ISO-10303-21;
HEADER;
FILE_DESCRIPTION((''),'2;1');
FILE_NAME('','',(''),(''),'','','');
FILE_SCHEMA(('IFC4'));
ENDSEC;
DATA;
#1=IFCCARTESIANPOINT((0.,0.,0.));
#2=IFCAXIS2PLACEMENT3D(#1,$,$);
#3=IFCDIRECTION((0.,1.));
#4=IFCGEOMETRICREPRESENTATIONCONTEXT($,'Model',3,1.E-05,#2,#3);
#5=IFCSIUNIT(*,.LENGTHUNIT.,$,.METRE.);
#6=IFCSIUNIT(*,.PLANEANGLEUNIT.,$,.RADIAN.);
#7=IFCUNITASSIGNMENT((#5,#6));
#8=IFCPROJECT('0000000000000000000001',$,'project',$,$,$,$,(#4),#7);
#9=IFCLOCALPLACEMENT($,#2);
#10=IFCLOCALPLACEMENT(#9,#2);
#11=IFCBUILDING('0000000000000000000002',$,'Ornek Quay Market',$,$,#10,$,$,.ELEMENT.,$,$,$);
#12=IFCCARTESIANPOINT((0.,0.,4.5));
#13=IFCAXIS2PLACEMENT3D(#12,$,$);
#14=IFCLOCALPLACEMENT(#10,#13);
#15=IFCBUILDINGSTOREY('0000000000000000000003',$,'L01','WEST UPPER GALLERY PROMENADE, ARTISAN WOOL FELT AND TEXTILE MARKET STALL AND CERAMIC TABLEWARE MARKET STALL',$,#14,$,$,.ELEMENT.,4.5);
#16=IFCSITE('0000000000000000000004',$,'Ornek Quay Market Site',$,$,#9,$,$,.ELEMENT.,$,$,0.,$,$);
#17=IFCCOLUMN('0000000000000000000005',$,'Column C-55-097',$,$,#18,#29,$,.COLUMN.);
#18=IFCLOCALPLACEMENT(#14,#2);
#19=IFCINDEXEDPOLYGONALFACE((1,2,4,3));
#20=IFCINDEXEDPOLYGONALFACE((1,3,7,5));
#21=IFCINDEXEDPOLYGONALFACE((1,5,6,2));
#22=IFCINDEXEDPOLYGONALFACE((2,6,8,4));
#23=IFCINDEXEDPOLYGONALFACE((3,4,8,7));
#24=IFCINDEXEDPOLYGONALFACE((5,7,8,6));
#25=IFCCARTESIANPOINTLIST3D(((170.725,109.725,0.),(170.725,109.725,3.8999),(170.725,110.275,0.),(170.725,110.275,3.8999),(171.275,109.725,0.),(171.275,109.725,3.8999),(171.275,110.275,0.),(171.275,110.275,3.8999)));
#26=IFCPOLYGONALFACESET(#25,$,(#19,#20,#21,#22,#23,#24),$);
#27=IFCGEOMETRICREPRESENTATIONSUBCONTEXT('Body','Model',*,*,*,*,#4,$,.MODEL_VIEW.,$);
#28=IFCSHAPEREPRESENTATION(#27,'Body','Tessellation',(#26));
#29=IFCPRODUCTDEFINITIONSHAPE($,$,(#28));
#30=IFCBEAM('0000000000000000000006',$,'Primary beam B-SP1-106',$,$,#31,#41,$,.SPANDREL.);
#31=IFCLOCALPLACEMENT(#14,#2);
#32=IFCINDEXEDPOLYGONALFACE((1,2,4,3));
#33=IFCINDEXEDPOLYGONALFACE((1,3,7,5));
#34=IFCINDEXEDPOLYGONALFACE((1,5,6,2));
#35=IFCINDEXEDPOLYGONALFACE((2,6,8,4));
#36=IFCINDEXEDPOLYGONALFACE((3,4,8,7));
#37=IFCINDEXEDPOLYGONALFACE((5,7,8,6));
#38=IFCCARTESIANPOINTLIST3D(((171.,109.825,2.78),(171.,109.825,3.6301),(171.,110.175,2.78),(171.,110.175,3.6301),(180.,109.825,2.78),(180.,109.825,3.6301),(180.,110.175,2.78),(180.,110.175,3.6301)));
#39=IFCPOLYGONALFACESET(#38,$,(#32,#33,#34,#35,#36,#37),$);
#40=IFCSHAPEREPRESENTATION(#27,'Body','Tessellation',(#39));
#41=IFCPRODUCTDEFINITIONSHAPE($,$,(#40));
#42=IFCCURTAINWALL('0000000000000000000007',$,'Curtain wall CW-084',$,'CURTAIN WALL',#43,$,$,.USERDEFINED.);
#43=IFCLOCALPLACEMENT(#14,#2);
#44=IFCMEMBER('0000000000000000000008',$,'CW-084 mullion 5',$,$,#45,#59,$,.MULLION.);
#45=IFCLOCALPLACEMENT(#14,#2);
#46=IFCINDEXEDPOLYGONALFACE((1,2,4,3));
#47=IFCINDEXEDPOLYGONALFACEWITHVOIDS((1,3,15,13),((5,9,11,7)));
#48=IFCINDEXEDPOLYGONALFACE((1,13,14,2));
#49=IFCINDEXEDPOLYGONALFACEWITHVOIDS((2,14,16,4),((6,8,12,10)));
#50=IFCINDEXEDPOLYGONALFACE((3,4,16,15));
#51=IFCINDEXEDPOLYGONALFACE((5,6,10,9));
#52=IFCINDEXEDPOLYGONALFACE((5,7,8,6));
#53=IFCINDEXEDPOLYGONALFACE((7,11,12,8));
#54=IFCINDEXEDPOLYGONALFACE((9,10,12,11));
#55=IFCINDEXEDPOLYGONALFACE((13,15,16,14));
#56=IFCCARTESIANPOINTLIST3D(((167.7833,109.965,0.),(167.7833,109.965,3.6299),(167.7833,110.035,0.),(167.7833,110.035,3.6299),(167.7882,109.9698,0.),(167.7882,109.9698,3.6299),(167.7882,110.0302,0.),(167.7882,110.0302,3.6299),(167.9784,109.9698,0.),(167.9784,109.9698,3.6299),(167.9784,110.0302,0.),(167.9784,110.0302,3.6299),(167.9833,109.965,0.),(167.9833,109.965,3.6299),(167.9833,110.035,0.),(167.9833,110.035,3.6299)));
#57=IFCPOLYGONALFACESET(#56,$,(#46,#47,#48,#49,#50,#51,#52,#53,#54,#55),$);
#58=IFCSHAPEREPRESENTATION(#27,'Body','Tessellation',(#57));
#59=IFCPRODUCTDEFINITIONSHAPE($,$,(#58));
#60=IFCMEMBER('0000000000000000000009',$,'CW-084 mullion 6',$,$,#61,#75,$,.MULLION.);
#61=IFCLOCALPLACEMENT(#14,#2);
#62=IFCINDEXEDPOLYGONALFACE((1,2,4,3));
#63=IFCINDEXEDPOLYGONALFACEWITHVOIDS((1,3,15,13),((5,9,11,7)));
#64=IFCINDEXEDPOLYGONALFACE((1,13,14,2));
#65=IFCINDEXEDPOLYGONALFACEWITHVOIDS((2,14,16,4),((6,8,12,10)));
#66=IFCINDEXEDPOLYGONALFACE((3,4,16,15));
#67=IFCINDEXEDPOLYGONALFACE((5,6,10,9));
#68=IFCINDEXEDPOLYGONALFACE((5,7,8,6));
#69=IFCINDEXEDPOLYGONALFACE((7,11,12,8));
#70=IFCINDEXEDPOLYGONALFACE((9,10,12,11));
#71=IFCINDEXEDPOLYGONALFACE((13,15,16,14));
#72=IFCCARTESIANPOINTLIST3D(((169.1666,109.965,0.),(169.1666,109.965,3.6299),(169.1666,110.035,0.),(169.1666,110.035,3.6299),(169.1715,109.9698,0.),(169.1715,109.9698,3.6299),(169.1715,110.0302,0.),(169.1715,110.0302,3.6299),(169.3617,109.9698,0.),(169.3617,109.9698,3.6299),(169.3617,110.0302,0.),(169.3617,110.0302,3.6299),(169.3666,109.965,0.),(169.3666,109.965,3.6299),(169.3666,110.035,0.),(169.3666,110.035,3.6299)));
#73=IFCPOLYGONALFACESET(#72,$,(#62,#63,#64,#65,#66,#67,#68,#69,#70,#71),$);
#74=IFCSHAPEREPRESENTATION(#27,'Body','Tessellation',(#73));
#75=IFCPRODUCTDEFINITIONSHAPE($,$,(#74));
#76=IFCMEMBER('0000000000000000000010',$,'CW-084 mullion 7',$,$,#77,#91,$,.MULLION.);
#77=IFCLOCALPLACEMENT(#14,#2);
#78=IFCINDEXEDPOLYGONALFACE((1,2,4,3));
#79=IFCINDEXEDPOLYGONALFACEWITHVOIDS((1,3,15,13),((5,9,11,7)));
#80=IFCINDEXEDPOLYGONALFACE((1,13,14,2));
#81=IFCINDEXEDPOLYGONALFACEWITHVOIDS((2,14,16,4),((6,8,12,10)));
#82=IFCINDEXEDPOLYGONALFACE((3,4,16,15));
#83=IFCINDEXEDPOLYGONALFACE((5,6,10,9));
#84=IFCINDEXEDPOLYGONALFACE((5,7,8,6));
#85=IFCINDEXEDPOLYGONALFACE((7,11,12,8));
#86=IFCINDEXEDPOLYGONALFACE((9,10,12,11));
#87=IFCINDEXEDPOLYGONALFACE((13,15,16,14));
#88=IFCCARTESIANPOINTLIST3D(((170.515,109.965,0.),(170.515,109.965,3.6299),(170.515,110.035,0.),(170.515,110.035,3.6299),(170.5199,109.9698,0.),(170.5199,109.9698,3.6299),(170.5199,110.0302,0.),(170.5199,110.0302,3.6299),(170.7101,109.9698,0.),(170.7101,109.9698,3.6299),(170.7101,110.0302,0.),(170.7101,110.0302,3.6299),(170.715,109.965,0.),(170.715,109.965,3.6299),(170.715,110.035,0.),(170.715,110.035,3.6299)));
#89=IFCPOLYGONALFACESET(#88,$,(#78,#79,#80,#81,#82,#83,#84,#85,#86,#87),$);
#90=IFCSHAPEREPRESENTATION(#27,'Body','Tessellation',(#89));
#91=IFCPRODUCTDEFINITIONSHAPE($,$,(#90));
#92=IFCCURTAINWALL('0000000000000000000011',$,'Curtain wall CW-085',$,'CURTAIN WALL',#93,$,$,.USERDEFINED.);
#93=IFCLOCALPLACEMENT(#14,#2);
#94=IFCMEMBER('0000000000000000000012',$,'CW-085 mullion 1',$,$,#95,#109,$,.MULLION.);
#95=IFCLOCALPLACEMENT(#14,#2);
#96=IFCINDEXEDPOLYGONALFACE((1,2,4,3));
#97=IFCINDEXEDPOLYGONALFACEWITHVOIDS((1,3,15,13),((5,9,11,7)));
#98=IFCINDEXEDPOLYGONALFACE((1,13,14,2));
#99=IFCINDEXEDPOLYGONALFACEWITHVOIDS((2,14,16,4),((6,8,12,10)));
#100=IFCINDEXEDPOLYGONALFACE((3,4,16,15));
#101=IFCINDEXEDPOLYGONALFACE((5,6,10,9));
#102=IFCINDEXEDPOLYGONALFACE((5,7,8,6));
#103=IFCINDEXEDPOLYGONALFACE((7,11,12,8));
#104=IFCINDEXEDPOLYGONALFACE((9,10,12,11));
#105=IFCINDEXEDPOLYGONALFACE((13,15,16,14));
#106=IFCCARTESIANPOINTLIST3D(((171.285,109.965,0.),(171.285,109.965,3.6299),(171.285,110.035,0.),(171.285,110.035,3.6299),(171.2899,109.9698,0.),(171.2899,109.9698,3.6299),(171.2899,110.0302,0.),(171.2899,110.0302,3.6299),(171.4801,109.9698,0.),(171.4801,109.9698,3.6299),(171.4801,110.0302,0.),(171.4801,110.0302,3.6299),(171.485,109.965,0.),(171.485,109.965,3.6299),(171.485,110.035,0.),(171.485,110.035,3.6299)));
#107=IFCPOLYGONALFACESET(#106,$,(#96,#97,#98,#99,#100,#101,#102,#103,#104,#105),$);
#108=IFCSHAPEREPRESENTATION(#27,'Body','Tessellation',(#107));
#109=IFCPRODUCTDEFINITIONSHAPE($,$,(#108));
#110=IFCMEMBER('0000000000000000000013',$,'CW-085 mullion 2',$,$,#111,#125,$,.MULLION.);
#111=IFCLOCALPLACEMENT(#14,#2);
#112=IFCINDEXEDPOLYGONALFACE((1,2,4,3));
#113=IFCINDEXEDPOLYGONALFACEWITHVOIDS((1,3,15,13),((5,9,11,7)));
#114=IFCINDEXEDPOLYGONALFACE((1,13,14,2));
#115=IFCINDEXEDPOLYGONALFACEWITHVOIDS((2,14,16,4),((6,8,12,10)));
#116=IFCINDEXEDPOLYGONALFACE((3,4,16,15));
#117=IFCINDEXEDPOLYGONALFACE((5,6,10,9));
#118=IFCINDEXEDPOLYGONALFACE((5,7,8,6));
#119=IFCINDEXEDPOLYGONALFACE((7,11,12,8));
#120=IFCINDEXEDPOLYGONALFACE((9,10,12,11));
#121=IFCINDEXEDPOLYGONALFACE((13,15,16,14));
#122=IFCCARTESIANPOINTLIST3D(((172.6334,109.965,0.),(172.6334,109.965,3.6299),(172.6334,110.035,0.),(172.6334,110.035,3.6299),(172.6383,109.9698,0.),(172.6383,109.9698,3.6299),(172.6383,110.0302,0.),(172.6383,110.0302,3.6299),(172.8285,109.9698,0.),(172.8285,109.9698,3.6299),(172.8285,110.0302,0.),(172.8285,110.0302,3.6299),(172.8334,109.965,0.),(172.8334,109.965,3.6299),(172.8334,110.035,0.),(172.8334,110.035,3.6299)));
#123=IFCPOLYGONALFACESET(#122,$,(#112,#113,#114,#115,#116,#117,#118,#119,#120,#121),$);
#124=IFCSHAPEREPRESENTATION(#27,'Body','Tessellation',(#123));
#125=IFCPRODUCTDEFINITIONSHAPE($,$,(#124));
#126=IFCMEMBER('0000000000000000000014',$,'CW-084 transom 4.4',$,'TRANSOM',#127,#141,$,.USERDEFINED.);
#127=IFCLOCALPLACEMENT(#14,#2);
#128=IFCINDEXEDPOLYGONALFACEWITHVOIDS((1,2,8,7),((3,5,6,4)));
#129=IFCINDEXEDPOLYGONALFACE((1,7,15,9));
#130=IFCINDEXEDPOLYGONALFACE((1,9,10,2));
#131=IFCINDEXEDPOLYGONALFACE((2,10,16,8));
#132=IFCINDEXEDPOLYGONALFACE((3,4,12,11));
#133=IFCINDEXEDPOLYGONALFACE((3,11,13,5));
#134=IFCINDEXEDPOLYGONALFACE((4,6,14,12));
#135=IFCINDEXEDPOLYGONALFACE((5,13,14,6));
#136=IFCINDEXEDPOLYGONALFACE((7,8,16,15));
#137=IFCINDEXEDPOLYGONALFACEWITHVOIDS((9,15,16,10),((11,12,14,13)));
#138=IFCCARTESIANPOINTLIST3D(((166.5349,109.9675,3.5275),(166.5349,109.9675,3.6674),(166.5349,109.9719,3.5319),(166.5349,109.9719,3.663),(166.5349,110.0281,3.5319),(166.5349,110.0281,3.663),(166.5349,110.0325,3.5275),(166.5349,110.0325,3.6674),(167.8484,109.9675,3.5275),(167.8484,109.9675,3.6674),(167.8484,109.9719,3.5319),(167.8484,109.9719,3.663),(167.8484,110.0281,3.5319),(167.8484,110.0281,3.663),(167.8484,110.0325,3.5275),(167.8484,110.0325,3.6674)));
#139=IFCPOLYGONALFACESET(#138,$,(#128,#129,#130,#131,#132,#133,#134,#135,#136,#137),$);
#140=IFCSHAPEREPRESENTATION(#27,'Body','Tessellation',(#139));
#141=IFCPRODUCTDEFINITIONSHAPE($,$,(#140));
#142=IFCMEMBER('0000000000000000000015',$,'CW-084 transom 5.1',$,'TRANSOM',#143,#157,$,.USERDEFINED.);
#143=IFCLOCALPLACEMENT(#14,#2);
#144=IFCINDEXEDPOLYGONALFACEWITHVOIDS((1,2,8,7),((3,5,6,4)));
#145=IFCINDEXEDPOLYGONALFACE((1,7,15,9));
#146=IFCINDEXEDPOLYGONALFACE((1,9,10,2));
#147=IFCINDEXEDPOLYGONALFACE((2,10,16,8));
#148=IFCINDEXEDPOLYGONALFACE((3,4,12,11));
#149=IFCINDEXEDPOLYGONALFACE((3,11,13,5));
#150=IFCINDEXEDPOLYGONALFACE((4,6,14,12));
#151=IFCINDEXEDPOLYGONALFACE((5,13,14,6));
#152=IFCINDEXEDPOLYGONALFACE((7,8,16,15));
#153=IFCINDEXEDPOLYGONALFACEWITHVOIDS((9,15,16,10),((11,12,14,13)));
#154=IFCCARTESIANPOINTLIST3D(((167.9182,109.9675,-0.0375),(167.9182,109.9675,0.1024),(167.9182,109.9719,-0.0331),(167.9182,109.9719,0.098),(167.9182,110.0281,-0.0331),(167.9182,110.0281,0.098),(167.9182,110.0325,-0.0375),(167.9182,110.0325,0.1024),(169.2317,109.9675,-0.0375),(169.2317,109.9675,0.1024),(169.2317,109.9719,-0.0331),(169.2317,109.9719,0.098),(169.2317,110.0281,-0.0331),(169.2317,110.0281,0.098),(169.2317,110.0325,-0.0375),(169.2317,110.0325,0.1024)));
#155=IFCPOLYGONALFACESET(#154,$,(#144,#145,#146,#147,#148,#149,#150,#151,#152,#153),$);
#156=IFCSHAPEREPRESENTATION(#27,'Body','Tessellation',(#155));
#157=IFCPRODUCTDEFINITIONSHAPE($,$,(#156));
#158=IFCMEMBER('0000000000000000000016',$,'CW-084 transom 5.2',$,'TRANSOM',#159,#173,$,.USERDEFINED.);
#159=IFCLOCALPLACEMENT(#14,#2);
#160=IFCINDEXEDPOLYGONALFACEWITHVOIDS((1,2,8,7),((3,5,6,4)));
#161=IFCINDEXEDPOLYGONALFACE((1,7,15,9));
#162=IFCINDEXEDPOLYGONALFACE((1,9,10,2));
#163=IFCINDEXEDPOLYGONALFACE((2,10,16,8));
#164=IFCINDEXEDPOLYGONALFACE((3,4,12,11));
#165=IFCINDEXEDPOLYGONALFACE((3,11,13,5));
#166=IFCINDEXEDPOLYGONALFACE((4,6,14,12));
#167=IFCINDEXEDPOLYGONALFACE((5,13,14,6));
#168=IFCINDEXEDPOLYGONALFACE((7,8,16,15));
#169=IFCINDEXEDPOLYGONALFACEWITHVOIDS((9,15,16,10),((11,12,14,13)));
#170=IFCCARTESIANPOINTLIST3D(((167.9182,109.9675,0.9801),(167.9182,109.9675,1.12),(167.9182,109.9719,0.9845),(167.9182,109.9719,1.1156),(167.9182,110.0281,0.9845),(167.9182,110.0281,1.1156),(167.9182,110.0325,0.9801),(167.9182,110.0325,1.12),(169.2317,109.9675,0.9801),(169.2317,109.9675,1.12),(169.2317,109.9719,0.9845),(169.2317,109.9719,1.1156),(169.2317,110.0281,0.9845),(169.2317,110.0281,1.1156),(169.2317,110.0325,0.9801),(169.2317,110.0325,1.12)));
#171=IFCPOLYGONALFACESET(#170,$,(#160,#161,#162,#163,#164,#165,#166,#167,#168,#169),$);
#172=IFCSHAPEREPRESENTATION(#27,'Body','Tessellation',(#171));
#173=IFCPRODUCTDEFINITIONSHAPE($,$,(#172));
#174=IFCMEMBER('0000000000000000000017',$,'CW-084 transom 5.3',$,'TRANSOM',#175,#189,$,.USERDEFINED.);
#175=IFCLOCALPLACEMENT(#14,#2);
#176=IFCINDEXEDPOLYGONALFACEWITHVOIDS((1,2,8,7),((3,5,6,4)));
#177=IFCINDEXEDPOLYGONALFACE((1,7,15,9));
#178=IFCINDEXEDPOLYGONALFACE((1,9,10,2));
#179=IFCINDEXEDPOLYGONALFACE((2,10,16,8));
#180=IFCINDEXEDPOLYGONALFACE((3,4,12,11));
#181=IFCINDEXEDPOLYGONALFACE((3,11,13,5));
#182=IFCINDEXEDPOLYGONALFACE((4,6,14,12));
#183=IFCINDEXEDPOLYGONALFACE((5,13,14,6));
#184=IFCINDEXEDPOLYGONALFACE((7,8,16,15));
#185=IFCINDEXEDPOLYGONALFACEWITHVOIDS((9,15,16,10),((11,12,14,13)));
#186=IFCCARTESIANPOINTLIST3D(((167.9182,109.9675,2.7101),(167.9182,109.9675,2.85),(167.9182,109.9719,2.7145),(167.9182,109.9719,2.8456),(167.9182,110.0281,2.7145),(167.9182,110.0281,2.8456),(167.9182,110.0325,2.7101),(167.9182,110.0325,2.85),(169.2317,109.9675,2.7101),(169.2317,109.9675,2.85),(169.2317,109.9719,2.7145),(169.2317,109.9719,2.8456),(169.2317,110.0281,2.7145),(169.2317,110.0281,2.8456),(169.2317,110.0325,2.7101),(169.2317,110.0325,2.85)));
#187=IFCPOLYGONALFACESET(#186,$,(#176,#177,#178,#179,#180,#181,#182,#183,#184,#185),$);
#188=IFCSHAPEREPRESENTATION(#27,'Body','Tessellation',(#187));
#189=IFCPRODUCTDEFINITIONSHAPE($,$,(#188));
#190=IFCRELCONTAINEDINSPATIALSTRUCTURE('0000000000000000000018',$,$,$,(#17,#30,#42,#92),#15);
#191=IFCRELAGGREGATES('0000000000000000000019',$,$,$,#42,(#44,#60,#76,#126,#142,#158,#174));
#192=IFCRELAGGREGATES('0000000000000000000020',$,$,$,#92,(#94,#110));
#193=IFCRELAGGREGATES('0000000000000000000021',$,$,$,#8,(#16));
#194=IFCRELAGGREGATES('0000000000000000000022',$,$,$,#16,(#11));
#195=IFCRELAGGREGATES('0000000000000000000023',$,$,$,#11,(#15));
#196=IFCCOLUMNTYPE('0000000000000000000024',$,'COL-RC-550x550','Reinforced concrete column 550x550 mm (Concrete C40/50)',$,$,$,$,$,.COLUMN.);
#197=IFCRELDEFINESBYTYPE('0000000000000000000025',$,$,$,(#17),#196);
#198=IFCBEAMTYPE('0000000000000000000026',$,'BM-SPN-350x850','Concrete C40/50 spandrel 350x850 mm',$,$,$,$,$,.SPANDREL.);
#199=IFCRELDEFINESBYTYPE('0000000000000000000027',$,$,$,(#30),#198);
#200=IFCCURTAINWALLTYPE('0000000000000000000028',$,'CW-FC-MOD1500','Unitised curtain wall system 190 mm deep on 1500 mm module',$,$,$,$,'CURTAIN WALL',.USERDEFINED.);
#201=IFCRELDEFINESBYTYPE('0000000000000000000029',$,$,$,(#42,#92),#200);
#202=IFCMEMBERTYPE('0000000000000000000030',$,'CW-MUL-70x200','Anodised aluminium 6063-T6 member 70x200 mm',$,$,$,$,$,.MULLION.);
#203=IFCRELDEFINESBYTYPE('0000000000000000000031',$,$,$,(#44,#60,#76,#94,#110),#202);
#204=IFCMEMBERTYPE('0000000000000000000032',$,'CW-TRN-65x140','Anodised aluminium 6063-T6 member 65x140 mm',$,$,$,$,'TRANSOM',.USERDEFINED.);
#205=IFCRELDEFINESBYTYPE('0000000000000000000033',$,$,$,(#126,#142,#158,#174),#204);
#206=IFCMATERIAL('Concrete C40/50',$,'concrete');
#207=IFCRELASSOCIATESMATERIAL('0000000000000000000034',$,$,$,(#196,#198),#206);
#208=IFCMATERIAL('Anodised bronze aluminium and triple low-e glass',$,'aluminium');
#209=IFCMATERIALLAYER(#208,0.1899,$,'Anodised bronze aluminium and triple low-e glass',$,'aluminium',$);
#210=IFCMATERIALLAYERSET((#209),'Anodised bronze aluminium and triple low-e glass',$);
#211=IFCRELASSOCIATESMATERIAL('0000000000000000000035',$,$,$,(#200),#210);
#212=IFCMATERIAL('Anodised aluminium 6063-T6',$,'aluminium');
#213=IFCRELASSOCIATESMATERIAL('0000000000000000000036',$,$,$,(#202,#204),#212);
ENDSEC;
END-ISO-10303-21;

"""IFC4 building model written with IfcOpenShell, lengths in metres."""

from ifc_helpers import new_model, si_unit, direction, frame, origin, origin_2d, place, context, subcontext, project, spatial, rectangle, hollow_rectangle, extrude, material, layer, layer_set, material_profile, profile_set, type_object, element, aggregate, save


model = new_model("IFC4")

# Units and contexts
model_context = context("Model", 3, precision=1e-05, world=origin(), true_north=direction((0.0, 1.0)))
body_context = subcontext(model_context, "Body", "Model", "MODEL_VIEW")
ifc_project = project(units=[si_unit("LENGTHUNIT", "METRE"), si_unit("PLANEANGLEUNIT", "RADIAN")], contexts=[model_context])

# Site, building, storey
site_placement = place(None, origin())
site = spatial("IfcSite", under=ifc_project, at=site_placement, Name="Ornek Quay Market Site", CompositionType="ELEMENT", RefElevation=0.0)
building_placement = place(site_placement, origin())
building = spatial("IfcBuilding", under=site, at=building_placement, Name="Ornek Quay Market", CompositionType="ELEMENT")
storey_placement = place(building_placement, frame((0.0, 0.0, 4.5)))
storey = spatial("IfcBuildingStorey", under=building, at=storey_placement, Name="L01", Description="WEST UPPER GALLERY PROMENADE, ARTISAN WOOL FELT AND TEXTILE MARKET STALL AND CERAMIC TABLEWARE MARKET STALL", CompositionType="ELEMENT", Elevation=4.5)

# Column
ifc_material_1 = material(Name="Concrete C40/50", Category="concrete")
ifc_material_profile_1 = material_profile(ifc_material_1, rectangle(XDim=0.55, YDim=0.55, at=origin_2d()), Name="RC 550x550", Category="concrete")
ifc_profile_set_1 = profile_set([ifc_material_profile_1], Name="Concrete C40/50")
column_type = type_object("IfcColumnType", Name="COL-RC-550x550", Description="Reinforced concrete column 550x550 mm (Concrete C40/50)", PredefinedType="COLUMN", material=ifc_profile_set_1)
column_placement = place(storey_placement, frame((171.0, 110.0, 0.0), z_axis=(0.0, 0.0, 1.0), x_axis=(1.0, 0.0, 0.0)))
element("IfcColumn", 1, at=column_placement, inside=storey, type_object=column_type, Name="Column C-55-097", PredefinedType="COLUMN", context=body_context, shape_type="SweptSolid", body=[
    extrude(rectangle(XDim=0.55, YDim=0.55, at=origin_2d()), origin(), (0.0, 0.0, 1.0), 3.8999),
])

# Beam
ifc_material_profile_2 = material_profile(ifc_material_1, rectangle(XDim=0.3501, YDim=0.8501, at=origin_2d()), Name="RC 350x850", Category="concrete")
ifc_profile_set_2 = profile_set([ifc_material_profile_2], Name="Concrete C40/50")
beam_type = type_object("IfcBeamType", Name="BM-SPN-350x850", Description="Concrete C40/50 spandrel 350x850 mm", PredefinedType="SPANDREL", material=ifc_profile_set_2)
beam_placement = place(storey_placement, frame((171.0, 110.0, 3.2051), z_axis=(1.0, 0.0, 0.0), x_axis=(0.0, 1.0, 0.0)))
element("IfcBeam", 2, at=beam_placement, inside=storey, type_object=beam_type, Name="Primary beam B-SP1-106", PredefinedType="SPANDREL", context=body_context, shape_type="SweptSolid", body=[
    extrude(rectangle(XDim=0.3501, YDim=0.8501, at=origin_2d()), origin(), (0.0, 0.0, 1.0), 9.0),
])

# Curtain walls, members
ifc_material_2 = material(Name="Anodised bronze aluminium and triple low-e glass", Category="aluminium")
ifc_layer_1 = layer(ifc_material_2, 0.1899, Name="Anodised bronze aluminium and triple low-e glass", Category="aluminium")
ifc_layer_set_1 = layer_set([ifc_layer_1], Name="Anodised bronze aluminium and triple low-e glass")
curtain_wall_type = type_object("IfcCurtainWallType", Name="CW-FC-MOD1500", Description="Unitised curtain wall system 190 mm deep on 1500 mm module", ElementType="CURTAIN WALL", PredefinedType="USERDEFINED", material=ifc_layer_set_1)
curtain_wall_1_placement = place(storey_placement, origin())
curtain_wall_1 = element("IfcCurtainWall", 3, at=curtain_wall_1_placement, inside=storey, type_object=curtain_wall_type, Name="Curtain wall CW-084", ObjectType="CURTAIN WALL", PredefinedType="USERDEFINED")
ifc_material_3 = material(Name="Anodised aluminium 6063-T6", Category="aluminium")
ifc_material_profile_3 = material_profile(ifc_material_3, hollow_rectangle(XDim=0.0701, YDim=0.2, WallThickness=0.0049, at=origin_2d()), Name="CW-MUL-70x200", Category="aluminium")
ifc_profile_set_3 = profile_set([ifc_material_profile_3], Name="Anodised aluminium 6063-T6")
member_type_1 = type_object("IfcMemberType", Name="CW-MUL-70x200", Description="Anodised aluminium 6063-T6 member 70x200 mm", PredefinedType="MULLION", material=ifc_profile_set_3)
member_1_placement = place(storey_placement, frame((167.8833, 110.0, 0.0), z_axis=(0.0, 0.0, 1.0), x_axis=(0.0, 1.0, 0.0)))
member_1 = element("IfcMember", 4, at=member_1_placement, type_object=member_type_1, Name="CW-084 mullion 5", PredefinedType="MULLION", context=body_context, shape_type="SweptSolid", body=[
    extrude(hollow_rectangle(XDim=0.0701, YDim=0.2, WallThickness=0.0049, at=origin_2d()), origin(), (0.0, 0.0, 1.0), 3.6299),
])
member_2_placement = place(storey_placement, frame((169.2666, 110.0, 0.0), z_axis=(0.0, 0.0, 1.0), x_axis=(0.0, 1.0, 0.0)))
member_2 = element("IfcMember", 5, at=member_2_placement, type_object=member_type_1, Name="CW-084 mullion 6", PredefinedType="MULLION", context=body_context, shape_type="SweptSolid", body=[
    extrude(hollow_rectangle(XDim=0.0701, YDim=0.2, WallThickness=0.0049, at=origin_2d()), origin(), (0.0, 0.0, 1.0), 3.6299),
])
member_3_placement = place(storey_placement, frame((170.615, 110.0, 0.0), z_axis=(0.0, 0.0, 1.0), x_axis=(0.0, 1.0, 0.0)))
member_3 = element("IfcMember", 6, at=member_3_placement, type_object=member_type_1, Name="CW-084 mullion 7", PredefinedType="MULLION", context=body_context, shape_type="SweptSolid", body=[
    extrude(hollow_rectangle(XDim=0.0701, YDim=0.2, WallThickness=0.0049, at=origin_2d()), origin(), (0.0, 0.0, 1.0), 3.6299),
])
curtain_wall_2_placement = place(storey_placement, origin())
curtain_wall_2 = element("IfcCurtainWall", 7, at=curtain_wall_2_placement, inside=storey, type_object=curtain_wall_type, Name="Curtain wall CW-085", ObjectType="CURTAIN WALL", PredefinedType="USERDEFINED")
member_4_placement = place(storey_placement, frame((171.385, 110.0, 0.0), z_axis=(0.0, 0.0, 1.0), x_axis=(0.0, 1.0, 0.0)))
member_4 = element("IfcMember", 8, at=member_4_placement, type_object=member_type_1, Name="CW-085 mullion 1", PredefinedType="MULLION", context=body_context, shape_type="SweptSolid", body=[
    extrude(hollow_rectangle(XDim=0.0701, YDim=0.2, WallThickness=0.0049, at=origin_2d()), origin(), (0.0, 0.0, 1.0), 3.6299),
])
member_5_placement = place(storey_placement, frame((172.7334, 110.0, 0.0), z_axis=(0.0, 0.0, 1.0), x_axis=(0.0, 1.0, 0.0)))
member_5 = element("IfcMember", 9, at=member_5_placement, type_object=member_type_1, Name="CW-085 mullion 2", PredefinedType="MULLION", context=body_context, shape_type="SweptSolid", body=[
    extrude(hollow_rectangle(XDim=0.0701, YDim=0.2, WallThickness=0.0049, at=origin_2d()), origin(), (0.0, 0.0, 1.0), 3.6299),
])

# Members
ifc_material_profile_4 = material_profile(ifc_material_3, hollow_rectangle(XDim=0.0649, YDim=0.1399, WallThickness=0.0044, at=origin_2d()), Name="CW-TRN-65x140", Category="aluminium")
ifc_profile_set_4 = profile_set([ifc_material_profile_4], Name="Anodised aluminium 6063-T6")
member_type_2 = type_object("IfcMemberType", Name="CW-TRN-65x140", Description="Anodised aluminium 6063-T6 member 65x140 mm", ElementType="TRANSOM", PredefinedType="USERDEFINED", material=ifc_profile_set_4)
member_6_placement = place(storey_placement, frame((166.5349, 110.0, 3.5974), z_axis=(1.0, 0.0, 0.0), x_axis=(0.0, 1.0, 0.0)))
member_6 = element("IfcMember", 10, at=member_6_placement, type_object=member_type_2, Name="CW-084 transom 4.4", ObjectType="TRANSOM", PredefinedType="USERDEFINED", context=body_context, shape_type="SweptSolid", body=[
    extrude(hollow_rectangle(XDim=0.0649, YDim=0.1399, WallThickness=0.0044, at=origin_2d()), origin(), (0.0, 0.0, 1.0), 1.3135),
])
member_7_placement = place(storey_placement, frame((167.9182, 110.0, 0.0325), z_axis=(1.0, 0.0, 0.0), x_axis=(0.0, 1.0, 0.0)))
member_7 = element("IfcMember", 11, at=member_7_placement, type_object=member_type_2, Name="CW-084 transom 5.1", ObjectType="TRANSOM", PredefinedType="USERDEFINED", context=body_context, shape_type="SweptSolid", body=[
    extrude(hollow_rectangle(XDim=0.0649, YDim=0.1399, WallThickness=0.0044, at=origin_2d()), origin(), (0.0, 0.0, 1.0), 1.3135),
])
member_8_placement = place(storey_placement, frame((167.9182, 110.0, 1.05), z_axis=(1.0, 0.0, 0.0), x_axis=(0.0, 1.0, 0.0)))
member_8 = element("IfcMember", 12, at=member_8_placement, type_object=member_type_2, Name="CW-084 transom 5.2", ObjectType="TRANSOM", PredefinedType="USERDEFINED", context=body_context, shape_type="SweptSolid", body=[
    extrude(hollow_rectangle(XDim=0.0649, YDim=0.1399, WallThickness=0.0044, at=origin_2d()), origin(), (0.0, 0.0, 1.0), 1.3135),
])
member_9_placement = place(storey_placement, frame((167.9182, 110.0, 2.78), z_axis=(1.0, 0.0, 0.0), x_axis=(0.0, 1.0, 0.0)))
member_9 = element("IfcMember", 13, at=member_9_placement, type_object=member_type_2, Name="CW-084 transom 5.3", ObjectType="TRANSOM", PredefinedType="USERDEFINED", context=body_context, shape_type="SweptSolid", body=[
    extrude(hollow_rectangle(XDim=0.0649, YDim=0.1399, WallThickness=0.0044, at=origin_2d()), origin(), (0.0, 0.0, 1.0), 1.3135),
])

aggregate(curtain_wall_1, [member_1, member_2, member_3, member_6, member_7, member_8, member_9])
aggregate(curtain_wall_2, [member_4, member_5])

save(model, "model.ifc")
